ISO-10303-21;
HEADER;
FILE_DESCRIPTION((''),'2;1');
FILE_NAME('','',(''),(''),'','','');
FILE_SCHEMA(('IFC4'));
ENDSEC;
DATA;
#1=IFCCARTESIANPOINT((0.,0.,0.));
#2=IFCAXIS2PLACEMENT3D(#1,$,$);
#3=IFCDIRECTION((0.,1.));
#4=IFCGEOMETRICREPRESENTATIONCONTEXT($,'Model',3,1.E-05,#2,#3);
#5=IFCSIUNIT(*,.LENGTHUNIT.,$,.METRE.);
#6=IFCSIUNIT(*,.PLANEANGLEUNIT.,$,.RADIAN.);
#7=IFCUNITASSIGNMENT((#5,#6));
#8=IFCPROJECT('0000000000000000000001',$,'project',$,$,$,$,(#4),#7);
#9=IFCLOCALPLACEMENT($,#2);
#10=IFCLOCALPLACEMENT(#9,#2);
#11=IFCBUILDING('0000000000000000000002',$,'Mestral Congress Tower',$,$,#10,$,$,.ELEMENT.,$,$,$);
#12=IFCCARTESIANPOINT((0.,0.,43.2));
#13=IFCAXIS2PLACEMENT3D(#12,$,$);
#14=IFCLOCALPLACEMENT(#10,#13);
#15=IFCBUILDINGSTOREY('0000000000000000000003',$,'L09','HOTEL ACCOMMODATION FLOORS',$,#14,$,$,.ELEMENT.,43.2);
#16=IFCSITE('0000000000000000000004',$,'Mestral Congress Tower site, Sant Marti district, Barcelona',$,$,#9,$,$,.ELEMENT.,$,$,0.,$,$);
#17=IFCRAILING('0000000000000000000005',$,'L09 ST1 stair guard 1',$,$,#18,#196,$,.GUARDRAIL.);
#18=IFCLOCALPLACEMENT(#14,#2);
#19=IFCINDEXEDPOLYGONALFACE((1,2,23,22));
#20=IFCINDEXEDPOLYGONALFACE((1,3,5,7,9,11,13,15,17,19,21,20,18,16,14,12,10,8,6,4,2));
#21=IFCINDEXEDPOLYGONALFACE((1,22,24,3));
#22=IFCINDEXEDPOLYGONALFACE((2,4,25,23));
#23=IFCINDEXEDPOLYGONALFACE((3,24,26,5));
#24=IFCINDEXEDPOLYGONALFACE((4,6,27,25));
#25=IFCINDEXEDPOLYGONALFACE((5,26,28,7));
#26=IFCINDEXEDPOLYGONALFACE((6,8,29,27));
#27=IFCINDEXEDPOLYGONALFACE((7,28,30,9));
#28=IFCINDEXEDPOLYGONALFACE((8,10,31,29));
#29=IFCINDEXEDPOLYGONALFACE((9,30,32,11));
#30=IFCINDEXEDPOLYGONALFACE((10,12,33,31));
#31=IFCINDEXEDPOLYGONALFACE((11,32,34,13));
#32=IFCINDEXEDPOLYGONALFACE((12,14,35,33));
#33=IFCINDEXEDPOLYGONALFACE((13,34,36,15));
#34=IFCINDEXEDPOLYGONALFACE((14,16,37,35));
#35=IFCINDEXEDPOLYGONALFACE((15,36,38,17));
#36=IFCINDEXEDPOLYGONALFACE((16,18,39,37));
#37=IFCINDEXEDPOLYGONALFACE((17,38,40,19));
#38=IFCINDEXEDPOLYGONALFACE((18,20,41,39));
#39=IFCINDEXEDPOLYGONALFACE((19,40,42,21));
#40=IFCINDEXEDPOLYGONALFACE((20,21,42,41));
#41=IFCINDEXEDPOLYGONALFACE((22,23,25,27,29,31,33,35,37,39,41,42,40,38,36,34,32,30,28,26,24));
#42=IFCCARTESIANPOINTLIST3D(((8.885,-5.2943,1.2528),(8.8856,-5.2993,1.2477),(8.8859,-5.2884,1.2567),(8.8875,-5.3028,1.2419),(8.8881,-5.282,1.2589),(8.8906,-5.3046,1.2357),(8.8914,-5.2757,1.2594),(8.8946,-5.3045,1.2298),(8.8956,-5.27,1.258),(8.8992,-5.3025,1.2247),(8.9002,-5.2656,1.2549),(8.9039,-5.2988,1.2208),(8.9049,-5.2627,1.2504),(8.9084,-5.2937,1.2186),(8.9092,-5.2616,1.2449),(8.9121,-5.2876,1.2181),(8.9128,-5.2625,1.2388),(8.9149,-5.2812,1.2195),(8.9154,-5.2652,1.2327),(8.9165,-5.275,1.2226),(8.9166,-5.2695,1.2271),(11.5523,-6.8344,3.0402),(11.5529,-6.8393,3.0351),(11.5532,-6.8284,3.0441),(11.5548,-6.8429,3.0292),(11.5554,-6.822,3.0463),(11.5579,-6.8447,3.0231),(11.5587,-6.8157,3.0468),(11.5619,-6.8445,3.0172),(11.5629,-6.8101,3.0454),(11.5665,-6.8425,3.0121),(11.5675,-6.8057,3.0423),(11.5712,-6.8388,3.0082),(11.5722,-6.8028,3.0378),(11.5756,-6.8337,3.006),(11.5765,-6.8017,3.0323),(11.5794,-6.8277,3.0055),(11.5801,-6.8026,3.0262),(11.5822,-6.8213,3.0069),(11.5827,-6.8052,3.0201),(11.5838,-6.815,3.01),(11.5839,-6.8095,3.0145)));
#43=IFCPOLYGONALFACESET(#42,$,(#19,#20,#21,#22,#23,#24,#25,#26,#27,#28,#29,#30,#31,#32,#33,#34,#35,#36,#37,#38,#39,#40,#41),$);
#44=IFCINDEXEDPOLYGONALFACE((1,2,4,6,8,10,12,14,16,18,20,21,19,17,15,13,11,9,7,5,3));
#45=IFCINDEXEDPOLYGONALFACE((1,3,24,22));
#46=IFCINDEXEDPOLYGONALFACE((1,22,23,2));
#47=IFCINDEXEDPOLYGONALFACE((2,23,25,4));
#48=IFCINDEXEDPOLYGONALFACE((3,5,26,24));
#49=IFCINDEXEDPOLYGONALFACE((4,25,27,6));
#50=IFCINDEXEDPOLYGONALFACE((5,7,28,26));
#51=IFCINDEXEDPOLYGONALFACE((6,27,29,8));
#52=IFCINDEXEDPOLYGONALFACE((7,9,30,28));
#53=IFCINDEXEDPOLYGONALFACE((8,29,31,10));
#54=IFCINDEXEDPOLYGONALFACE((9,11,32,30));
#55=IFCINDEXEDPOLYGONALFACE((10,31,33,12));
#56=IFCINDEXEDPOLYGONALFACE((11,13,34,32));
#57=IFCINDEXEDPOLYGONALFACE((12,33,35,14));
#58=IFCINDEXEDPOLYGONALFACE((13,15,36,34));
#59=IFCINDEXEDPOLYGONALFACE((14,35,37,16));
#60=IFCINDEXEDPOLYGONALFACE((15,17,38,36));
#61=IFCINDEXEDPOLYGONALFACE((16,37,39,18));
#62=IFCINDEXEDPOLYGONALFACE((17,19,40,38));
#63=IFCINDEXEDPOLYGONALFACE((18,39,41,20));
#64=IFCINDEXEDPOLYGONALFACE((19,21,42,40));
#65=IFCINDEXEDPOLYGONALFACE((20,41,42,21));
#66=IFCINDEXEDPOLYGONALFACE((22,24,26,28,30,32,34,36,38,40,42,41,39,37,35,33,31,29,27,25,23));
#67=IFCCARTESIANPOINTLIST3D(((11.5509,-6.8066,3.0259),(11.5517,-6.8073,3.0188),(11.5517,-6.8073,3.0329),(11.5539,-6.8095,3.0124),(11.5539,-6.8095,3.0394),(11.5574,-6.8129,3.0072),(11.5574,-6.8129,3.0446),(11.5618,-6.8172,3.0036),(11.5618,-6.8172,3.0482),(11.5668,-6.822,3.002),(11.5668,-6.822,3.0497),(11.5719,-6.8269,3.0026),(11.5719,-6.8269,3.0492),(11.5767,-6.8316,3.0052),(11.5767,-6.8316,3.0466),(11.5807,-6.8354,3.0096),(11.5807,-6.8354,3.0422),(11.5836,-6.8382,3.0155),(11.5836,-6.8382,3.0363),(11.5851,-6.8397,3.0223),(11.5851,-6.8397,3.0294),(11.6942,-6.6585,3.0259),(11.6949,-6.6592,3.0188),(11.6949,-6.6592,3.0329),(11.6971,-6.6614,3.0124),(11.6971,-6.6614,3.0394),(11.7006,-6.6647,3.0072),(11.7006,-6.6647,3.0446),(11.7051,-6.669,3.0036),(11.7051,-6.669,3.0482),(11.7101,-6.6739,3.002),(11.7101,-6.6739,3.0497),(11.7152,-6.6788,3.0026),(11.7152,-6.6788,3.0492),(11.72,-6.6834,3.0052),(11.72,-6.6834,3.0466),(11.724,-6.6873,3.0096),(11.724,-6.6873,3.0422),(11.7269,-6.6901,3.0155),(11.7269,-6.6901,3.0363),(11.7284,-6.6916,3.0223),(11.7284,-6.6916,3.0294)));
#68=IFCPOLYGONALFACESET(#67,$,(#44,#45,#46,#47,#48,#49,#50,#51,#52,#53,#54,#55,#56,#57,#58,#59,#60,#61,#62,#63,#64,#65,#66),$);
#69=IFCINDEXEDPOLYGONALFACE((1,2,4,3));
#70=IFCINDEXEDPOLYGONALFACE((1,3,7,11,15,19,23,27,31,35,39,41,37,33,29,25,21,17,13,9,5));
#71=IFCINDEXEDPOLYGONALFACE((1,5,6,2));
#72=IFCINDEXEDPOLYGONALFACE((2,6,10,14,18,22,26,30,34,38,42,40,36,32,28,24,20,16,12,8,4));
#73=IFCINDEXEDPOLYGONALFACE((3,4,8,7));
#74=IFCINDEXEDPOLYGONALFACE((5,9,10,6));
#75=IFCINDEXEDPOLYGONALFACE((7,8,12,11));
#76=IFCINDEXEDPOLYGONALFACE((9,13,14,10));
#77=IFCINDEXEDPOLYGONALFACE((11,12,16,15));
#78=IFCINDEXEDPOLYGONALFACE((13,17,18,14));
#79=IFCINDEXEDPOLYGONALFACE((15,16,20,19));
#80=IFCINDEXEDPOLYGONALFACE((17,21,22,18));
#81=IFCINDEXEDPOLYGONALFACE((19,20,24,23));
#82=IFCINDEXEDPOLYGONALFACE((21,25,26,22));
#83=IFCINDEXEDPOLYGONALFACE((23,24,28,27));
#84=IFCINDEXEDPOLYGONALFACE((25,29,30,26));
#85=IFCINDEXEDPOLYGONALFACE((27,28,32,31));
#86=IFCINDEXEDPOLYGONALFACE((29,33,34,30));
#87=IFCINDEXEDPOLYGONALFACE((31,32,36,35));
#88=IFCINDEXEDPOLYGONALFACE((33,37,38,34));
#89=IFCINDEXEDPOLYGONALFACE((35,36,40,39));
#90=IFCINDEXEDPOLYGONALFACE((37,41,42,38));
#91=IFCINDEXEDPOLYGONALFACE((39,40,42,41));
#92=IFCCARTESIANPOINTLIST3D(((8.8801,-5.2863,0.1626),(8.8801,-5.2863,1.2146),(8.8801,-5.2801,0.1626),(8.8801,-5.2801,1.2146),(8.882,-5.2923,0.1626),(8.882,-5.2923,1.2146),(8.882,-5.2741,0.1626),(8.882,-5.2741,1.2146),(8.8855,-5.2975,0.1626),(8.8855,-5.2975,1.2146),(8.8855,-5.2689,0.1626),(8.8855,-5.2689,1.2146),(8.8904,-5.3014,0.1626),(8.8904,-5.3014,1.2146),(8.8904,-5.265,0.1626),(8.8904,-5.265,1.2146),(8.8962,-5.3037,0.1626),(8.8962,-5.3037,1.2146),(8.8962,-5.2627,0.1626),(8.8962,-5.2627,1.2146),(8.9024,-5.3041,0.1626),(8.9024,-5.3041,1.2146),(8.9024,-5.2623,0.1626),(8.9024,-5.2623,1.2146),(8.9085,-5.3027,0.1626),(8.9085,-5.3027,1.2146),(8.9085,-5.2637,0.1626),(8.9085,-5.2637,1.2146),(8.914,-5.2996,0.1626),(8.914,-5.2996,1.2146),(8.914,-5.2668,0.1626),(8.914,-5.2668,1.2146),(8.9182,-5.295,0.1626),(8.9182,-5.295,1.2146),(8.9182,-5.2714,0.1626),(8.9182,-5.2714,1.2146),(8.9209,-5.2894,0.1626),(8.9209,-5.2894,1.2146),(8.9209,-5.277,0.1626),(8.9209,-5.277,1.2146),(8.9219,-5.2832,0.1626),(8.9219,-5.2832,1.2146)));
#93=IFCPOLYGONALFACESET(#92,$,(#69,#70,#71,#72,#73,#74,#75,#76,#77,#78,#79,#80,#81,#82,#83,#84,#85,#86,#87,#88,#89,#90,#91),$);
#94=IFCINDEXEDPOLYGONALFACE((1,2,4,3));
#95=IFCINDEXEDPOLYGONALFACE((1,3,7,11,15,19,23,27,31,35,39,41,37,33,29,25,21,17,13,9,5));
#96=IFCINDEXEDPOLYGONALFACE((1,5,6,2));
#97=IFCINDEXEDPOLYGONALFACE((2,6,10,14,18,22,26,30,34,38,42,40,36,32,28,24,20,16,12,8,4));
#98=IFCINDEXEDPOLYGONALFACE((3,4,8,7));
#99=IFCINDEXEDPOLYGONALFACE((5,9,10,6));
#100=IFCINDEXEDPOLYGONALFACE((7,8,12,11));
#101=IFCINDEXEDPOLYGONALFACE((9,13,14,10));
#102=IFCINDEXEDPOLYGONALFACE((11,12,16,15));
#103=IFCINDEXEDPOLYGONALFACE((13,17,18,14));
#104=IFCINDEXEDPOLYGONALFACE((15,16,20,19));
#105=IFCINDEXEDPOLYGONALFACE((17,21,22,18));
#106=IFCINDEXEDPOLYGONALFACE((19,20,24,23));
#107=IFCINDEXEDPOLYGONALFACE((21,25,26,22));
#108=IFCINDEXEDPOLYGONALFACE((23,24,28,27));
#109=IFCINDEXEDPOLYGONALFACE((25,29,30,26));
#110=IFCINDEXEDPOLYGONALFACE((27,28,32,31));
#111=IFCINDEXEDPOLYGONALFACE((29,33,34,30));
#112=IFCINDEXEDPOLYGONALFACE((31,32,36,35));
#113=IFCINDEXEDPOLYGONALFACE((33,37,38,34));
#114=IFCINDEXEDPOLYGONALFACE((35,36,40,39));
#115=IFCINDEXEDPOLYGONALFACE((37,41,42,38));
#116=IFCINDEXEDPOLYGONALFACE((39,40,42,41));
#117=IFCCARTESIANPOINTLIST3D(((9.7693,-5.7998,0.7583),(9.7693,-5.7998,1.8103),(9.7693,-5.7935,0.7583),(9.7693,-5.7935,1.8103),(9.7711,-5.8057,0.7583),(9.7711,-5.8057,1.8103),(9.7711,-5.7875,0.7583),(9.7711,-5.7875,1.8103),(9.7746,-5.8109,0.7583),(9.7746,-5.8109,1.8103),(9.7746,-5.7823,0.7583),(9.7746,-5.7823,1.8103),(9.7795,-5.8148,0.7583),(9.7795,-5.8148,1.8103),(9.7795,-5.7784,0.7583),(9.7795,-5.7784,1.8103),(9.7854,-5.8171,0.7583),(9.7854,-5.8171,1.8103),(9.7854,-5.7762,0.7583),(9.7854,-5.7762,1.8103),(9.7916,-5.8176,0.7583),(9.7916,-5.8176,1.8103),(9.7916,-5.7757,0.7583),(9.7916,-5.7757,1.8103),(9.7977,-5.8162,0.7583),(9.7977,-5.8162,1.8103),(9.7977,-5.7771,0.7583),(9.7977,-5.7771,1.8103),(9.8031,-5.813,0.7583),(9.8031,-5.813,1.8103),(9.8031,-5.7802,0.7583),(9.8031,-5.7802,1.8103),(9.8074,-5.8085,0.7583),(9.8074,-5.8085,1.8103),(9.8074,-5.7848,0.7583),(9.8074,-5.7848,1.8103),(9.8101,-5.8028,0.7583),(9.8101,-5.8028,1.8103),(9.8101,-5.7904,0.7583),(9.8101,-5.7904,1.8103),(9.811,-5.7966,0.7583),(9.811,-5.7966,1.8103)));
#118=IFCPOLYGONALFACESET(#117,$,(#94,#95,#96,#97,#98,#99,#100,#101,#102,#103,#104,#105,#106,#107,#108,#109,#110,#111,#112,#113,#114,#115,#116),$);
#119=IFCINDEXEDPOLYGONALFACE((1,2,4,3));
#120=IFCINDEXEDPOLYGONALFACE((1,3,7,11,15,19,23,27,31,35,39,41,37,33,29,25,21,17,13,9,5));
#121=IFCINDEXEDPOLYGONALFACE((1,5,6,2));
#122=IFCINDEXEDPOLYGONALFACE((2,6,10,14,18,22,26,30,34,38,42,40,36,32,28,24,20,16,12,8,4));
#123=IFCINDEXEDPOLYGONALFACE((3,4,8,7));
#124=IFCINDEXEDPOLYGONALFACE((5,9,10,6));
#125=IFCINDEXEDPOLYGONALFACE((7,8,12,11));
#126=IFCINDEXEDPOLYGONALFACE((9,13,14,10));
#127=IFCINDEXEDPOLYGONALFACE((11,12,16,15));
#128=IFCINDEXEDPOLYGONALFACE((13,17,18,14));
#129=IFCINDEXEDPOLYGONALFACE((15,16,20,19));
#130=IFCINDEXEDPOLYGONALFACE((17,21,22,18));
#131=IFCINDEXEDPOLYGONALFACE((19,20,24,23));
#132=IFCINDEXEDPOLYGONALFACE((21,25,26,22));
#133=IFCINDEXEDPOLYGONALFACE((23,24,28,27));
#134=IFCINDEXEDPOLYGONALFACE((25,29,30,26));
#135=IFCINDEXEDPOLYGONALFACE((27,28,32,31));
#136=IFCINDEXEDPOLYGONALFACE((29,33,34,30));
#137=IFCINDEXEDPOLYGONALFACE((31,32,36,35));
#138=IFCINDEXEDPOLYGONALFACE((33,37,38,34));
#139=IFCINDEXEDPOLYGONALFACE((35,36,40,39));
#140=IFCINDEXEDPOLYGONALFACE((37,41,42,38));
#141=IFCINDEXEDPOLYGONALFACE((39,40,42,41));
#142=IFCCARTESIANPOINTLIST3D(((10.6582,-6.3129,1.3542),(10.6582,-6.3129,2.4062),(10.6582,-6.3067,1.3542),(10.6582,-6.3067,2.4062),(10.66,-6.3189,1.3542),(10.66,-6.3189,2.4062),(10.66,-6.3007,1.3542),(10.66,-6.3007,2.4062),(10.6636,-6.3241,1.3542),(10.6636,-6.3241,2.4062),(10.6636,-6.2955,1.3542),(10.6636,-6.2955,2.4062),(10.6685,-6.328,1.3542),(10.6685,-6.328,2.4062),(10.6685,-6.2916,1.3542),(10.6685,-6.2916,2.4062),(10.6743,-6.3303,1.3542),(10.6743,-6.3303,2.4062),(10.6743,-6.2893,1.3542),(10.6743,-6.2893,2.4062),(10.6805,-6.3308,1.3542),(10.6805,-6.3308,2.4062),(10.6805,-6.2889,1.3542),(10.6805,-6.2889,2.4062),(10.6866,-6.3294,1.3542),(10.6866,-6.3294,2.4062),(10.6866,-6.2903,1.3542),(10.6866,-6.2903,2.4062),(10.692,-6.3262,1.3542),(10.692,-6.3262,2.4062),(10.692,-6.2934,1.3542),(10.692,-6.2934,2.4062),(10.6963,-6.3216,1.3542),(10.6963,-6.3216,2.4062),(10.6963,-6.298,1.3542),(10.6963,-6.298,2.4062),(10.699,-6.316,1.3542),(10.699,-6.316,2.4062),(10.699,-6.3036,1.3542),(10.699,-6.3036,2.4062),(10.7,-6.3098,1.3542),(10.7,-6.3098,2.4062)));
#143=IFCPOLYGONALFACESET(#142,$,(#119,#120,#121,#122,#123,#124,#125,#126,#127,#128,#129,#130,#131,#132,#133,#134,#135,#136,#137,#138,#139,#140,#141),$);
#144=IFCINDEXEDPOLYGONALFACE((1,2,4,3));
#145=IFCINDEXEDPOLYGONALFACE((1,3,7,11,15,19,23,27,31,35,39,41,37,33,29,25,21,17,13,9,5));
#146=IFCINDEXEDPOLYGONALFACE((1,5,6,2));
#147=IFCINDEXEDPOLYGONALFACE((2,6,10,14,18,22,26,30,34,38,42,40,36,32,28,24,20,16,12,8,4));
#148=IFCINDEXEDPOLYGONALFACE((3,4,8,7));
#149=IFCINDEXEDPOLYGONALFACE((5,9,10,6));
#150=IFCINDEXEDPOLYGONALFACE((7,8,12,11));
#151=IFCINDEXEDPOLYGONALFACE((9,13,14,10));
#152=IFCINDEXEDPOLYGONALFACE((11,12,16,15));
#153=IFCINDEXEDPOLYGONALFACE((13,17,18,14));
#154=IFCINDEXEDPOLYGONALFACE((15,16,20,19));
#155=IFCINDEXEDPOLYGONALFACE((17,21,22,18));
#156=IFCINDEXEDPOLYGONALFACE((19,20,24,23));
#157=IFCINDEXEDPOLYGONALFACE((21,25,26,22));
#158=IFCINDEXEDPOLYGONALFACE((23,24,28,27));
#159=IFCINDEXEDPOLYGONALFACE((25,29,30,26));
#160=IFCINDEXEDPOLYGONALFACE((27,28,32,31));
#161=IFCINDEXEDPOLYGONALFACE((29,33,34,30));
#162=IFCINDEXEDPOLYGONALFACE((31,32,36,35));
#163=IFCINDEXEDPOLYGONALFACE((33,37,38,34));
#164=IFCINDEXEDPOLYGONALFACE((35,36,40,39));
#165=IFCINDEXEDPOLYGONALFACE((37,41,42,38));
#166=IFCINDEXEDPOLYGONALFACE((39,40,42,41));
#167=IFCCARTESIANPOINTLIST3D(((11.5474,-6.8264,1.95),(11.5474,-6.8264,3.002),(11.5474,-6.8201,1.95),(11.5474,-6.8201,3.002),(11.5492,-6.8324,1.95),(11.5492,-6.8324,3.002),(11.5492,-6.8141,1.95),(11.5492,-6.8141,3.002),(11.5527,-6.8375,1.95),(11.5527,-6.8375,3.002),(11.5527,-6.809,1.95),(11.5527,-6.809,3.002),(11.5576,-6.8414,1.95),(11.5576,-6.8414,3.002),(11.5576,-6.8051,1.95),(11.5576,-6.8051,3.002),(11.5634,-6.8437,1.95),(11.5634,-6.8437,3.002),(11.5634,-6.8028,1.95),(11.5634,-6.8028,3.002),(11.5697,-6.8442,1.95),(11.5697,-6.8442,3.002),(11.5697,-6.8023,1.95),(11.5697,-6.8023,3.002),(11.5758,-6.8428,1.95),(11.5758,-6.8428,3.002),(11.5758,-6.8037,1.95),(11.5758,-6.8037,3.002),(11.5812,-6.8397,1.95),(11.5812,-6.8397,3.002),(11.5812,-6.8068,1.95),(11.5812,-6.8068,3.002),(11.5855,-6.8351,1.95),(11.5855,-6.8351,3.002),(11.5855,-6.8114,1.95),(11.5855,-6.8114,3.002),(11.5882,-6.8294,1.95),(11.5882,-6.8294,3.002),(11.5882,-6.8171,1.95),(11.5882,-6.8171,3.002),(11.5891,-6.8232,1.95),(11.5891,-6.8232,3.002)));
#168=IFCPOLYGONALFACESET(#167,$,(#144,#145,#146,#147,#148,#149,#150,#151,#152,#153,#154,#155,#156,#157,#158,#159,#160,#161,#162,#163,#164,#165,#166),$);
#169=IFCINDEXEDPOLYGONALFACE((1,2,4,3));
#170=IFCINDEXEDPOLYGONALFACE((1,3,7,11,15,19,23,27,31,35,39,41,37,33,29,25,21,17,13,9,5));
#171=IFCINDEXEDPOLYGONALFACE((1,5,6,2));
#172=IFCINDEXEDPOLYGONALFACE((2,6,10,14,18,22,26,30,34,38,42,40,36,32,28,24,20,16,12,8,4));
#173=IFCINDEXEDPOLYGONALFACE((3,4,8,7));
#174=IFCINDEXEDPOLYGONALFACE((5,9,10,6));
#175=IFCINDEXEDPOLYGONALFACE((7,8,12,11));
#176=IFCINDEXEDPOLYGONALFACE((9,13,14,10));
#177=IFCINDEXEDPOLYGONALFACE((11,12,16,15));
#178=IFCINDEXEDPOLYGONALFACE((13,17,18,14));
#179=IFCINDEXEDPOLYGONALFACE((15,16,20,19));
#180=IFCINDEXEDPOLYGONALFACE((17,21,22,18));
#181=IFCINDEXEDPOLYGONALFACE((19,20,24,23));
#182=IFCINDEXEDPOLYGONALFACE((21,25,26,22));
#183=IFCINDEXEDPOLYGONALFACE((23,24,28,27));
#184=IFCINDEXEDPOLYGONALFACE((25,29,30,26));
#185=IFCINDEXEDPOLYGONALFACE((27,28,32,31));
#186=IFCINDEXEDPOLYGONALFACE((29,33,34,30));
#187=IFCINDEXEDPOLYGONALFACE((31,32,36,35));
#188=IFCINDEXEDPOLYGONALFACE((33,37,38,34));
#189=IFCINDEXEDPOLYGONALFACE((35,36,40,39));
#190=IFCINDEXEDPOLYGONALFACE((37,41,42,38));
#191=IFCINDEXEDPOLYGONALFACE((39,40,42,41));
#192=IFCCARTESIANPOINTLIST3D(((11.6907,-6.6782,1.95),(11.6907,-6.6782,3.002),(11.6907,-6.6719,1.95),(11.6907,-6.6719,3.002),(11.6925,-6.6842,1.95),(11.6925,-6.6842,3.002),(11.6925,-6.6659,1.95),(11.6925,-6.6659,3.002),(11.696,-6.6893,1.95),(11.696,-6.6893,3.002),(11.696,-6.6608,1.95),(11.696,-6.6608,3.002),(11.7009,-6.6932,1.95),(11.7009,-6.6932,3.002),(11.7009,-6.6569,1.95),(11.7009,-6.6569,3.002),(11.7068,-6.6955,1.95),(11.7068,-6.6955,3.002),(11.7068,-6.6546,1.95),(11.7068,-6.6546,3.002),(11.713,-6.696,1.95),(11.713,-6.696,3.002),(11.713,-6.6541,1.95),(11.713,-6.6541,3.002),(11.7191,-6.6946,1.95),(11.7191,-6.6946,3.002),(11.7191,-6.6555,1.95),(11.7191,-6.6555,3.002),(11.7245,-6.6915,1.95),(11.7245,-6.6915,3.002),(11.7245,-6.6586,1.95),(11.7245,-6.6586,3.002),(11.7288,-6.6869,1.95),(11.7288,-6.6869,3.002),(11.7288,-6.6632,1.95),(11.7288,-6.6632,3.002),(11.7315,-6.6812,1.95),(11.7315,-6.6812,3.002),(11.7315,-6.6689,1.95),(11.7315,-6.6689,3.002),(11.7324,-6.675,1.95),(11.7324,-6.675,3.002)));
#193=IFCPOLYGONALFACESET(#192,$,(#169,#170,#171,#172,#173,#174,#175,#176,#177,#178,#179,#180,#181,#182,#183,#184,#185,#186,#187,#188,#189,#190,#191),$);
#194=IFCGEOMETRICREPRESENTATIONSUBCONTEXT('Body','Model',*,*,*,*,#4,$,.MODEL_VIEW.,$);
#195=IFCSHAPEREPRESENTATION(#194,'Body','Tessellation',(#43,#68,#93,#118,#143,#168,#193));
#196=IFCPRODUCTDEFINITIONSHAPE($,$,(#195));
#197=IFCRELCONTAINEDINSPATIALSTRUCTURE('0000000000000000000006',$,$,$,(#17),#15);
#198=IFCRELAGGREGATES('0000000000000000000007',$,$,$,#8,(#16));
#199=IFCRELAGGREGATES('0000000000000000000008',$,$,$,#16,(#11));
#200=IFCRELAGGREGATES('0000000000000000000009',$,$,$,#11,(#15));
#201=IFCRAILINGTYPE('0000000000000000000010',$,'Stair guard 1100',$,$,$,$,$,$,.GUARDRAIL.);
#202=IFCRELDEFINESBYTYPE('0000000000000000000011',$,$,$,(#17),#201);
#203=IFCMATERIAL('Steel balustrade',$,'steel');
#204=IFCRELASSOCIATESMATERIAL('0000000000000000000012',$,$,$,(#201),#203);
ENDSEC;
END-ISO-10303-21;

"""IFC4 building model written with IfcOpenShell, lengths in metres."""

from ifc_helpers import new_model, si_unit, direction, frame, origin, origin_2d, place, context, subcontext, project, spatial, circle, extrude, material, type_object, element, save


model = new_model("IFC4")

# Units and contexts
model_context = context("Model", 3, precision=1e-05, world=origin(), true_north=direction((0.0, 1.0)))
body_context = subcontext(model_context, "Body", "Model", "MODEL_VIEW")
ifc_project = project(units=[si_unit("LENGTHUNIT", "METRE"), si_unit("PLANEANGLEUNIT", "RADIAN")], contexts=[model_context])

# Site, building, storey
site_placement = place(None, origin())
site = spatial("IfcSite", under=ifc_project, at=site_placement, Name="Mestral Congress Tower site, Sant Marti district, Barcelona", CompositionType="ELEMENT", RefElevation=0.0)
building_placement = place(site_placement, origin())
building = spatial("IfcBuilding", under=site, at=building_placement, Name="Mestral Congress Tower", CompositionType="ELEMENT")
storey_placement = place(building_placement, frame((0.0, 0.0, 43.2)))
storey = spatial("IfcBuildingStorey", under=building, at=storey_placement, Name="L09", Description="HOTEL ACCOMMODATION FLOORS", CompositionType="ELEMENT", Elevation=43.2)

# Railing
ifc_material_1 = material(Name="Steel balustrade", Category="steel")
railing_type_1 = type_object("IfcRailingType", Name="Stair guard 1100", PredefinedType="GUARDRAIL", material=ifc_material_1)
railing_1_placement = place(storey_placement, frame((8.9009, -5.2832, 0.1626)))
element("IfcRailing", 1, at=railing_1_placement, inside=storey, type_object=railing_type_1, Name="L09 ST1 stair guard 1", PredefinedType="GUARDRAIL", context=body_context, shape_type="SweptSolid", body=[
    extrude(circle(Radius=0.0239, at=origin_2d()), frame((0.0, 0.0, 1.0762), z_axis=(0.74902, -0.432477, 0.501929), x_axis=(0.500027, 0.86601, 0.0)), (0.0, 0.0, 1.0), 3.561),
    extrude(circle(Radius=0.0239, at=origin_2d()), frame((2.6672, -1.54, 2.8633), z_axis=(0.695165, 0.71885, 0.0), x_axis=(-0.71885, 0.695165, 0.0)), (0.0, 0.0, 1.0), 0.2061),
    extrude(circle(Radius=0.021, at=origin_2d()), origin(), (0.0, 0.0, 1.0), 1.052),
    extrude(circle(Radius=0.021, at=origin_2d()), frame((0.8892, -0.5134, 0.5957)), (0.0, 0.0, 1.0), 1.052),
    extrude(circle(Radius=0.021, at=origin_2d()), frame((1.7781, -1.0266, 1.1917)), (0.0, 0.0, 1.0), 1.052),
    extrude(circle(Radius=0.021, at=origin_2d()), frame((2.6672, -1.54, 1.7874)), (0.0, 0.0, 1.0), 1.052),
    extrude(circle(Radius=0.021, at=origin_2d()), frame((2.8105, -1.3918, 1.7874)), (0.0, 0.0, 1.0), 1.052),
])

save(model, "model.ifc")
